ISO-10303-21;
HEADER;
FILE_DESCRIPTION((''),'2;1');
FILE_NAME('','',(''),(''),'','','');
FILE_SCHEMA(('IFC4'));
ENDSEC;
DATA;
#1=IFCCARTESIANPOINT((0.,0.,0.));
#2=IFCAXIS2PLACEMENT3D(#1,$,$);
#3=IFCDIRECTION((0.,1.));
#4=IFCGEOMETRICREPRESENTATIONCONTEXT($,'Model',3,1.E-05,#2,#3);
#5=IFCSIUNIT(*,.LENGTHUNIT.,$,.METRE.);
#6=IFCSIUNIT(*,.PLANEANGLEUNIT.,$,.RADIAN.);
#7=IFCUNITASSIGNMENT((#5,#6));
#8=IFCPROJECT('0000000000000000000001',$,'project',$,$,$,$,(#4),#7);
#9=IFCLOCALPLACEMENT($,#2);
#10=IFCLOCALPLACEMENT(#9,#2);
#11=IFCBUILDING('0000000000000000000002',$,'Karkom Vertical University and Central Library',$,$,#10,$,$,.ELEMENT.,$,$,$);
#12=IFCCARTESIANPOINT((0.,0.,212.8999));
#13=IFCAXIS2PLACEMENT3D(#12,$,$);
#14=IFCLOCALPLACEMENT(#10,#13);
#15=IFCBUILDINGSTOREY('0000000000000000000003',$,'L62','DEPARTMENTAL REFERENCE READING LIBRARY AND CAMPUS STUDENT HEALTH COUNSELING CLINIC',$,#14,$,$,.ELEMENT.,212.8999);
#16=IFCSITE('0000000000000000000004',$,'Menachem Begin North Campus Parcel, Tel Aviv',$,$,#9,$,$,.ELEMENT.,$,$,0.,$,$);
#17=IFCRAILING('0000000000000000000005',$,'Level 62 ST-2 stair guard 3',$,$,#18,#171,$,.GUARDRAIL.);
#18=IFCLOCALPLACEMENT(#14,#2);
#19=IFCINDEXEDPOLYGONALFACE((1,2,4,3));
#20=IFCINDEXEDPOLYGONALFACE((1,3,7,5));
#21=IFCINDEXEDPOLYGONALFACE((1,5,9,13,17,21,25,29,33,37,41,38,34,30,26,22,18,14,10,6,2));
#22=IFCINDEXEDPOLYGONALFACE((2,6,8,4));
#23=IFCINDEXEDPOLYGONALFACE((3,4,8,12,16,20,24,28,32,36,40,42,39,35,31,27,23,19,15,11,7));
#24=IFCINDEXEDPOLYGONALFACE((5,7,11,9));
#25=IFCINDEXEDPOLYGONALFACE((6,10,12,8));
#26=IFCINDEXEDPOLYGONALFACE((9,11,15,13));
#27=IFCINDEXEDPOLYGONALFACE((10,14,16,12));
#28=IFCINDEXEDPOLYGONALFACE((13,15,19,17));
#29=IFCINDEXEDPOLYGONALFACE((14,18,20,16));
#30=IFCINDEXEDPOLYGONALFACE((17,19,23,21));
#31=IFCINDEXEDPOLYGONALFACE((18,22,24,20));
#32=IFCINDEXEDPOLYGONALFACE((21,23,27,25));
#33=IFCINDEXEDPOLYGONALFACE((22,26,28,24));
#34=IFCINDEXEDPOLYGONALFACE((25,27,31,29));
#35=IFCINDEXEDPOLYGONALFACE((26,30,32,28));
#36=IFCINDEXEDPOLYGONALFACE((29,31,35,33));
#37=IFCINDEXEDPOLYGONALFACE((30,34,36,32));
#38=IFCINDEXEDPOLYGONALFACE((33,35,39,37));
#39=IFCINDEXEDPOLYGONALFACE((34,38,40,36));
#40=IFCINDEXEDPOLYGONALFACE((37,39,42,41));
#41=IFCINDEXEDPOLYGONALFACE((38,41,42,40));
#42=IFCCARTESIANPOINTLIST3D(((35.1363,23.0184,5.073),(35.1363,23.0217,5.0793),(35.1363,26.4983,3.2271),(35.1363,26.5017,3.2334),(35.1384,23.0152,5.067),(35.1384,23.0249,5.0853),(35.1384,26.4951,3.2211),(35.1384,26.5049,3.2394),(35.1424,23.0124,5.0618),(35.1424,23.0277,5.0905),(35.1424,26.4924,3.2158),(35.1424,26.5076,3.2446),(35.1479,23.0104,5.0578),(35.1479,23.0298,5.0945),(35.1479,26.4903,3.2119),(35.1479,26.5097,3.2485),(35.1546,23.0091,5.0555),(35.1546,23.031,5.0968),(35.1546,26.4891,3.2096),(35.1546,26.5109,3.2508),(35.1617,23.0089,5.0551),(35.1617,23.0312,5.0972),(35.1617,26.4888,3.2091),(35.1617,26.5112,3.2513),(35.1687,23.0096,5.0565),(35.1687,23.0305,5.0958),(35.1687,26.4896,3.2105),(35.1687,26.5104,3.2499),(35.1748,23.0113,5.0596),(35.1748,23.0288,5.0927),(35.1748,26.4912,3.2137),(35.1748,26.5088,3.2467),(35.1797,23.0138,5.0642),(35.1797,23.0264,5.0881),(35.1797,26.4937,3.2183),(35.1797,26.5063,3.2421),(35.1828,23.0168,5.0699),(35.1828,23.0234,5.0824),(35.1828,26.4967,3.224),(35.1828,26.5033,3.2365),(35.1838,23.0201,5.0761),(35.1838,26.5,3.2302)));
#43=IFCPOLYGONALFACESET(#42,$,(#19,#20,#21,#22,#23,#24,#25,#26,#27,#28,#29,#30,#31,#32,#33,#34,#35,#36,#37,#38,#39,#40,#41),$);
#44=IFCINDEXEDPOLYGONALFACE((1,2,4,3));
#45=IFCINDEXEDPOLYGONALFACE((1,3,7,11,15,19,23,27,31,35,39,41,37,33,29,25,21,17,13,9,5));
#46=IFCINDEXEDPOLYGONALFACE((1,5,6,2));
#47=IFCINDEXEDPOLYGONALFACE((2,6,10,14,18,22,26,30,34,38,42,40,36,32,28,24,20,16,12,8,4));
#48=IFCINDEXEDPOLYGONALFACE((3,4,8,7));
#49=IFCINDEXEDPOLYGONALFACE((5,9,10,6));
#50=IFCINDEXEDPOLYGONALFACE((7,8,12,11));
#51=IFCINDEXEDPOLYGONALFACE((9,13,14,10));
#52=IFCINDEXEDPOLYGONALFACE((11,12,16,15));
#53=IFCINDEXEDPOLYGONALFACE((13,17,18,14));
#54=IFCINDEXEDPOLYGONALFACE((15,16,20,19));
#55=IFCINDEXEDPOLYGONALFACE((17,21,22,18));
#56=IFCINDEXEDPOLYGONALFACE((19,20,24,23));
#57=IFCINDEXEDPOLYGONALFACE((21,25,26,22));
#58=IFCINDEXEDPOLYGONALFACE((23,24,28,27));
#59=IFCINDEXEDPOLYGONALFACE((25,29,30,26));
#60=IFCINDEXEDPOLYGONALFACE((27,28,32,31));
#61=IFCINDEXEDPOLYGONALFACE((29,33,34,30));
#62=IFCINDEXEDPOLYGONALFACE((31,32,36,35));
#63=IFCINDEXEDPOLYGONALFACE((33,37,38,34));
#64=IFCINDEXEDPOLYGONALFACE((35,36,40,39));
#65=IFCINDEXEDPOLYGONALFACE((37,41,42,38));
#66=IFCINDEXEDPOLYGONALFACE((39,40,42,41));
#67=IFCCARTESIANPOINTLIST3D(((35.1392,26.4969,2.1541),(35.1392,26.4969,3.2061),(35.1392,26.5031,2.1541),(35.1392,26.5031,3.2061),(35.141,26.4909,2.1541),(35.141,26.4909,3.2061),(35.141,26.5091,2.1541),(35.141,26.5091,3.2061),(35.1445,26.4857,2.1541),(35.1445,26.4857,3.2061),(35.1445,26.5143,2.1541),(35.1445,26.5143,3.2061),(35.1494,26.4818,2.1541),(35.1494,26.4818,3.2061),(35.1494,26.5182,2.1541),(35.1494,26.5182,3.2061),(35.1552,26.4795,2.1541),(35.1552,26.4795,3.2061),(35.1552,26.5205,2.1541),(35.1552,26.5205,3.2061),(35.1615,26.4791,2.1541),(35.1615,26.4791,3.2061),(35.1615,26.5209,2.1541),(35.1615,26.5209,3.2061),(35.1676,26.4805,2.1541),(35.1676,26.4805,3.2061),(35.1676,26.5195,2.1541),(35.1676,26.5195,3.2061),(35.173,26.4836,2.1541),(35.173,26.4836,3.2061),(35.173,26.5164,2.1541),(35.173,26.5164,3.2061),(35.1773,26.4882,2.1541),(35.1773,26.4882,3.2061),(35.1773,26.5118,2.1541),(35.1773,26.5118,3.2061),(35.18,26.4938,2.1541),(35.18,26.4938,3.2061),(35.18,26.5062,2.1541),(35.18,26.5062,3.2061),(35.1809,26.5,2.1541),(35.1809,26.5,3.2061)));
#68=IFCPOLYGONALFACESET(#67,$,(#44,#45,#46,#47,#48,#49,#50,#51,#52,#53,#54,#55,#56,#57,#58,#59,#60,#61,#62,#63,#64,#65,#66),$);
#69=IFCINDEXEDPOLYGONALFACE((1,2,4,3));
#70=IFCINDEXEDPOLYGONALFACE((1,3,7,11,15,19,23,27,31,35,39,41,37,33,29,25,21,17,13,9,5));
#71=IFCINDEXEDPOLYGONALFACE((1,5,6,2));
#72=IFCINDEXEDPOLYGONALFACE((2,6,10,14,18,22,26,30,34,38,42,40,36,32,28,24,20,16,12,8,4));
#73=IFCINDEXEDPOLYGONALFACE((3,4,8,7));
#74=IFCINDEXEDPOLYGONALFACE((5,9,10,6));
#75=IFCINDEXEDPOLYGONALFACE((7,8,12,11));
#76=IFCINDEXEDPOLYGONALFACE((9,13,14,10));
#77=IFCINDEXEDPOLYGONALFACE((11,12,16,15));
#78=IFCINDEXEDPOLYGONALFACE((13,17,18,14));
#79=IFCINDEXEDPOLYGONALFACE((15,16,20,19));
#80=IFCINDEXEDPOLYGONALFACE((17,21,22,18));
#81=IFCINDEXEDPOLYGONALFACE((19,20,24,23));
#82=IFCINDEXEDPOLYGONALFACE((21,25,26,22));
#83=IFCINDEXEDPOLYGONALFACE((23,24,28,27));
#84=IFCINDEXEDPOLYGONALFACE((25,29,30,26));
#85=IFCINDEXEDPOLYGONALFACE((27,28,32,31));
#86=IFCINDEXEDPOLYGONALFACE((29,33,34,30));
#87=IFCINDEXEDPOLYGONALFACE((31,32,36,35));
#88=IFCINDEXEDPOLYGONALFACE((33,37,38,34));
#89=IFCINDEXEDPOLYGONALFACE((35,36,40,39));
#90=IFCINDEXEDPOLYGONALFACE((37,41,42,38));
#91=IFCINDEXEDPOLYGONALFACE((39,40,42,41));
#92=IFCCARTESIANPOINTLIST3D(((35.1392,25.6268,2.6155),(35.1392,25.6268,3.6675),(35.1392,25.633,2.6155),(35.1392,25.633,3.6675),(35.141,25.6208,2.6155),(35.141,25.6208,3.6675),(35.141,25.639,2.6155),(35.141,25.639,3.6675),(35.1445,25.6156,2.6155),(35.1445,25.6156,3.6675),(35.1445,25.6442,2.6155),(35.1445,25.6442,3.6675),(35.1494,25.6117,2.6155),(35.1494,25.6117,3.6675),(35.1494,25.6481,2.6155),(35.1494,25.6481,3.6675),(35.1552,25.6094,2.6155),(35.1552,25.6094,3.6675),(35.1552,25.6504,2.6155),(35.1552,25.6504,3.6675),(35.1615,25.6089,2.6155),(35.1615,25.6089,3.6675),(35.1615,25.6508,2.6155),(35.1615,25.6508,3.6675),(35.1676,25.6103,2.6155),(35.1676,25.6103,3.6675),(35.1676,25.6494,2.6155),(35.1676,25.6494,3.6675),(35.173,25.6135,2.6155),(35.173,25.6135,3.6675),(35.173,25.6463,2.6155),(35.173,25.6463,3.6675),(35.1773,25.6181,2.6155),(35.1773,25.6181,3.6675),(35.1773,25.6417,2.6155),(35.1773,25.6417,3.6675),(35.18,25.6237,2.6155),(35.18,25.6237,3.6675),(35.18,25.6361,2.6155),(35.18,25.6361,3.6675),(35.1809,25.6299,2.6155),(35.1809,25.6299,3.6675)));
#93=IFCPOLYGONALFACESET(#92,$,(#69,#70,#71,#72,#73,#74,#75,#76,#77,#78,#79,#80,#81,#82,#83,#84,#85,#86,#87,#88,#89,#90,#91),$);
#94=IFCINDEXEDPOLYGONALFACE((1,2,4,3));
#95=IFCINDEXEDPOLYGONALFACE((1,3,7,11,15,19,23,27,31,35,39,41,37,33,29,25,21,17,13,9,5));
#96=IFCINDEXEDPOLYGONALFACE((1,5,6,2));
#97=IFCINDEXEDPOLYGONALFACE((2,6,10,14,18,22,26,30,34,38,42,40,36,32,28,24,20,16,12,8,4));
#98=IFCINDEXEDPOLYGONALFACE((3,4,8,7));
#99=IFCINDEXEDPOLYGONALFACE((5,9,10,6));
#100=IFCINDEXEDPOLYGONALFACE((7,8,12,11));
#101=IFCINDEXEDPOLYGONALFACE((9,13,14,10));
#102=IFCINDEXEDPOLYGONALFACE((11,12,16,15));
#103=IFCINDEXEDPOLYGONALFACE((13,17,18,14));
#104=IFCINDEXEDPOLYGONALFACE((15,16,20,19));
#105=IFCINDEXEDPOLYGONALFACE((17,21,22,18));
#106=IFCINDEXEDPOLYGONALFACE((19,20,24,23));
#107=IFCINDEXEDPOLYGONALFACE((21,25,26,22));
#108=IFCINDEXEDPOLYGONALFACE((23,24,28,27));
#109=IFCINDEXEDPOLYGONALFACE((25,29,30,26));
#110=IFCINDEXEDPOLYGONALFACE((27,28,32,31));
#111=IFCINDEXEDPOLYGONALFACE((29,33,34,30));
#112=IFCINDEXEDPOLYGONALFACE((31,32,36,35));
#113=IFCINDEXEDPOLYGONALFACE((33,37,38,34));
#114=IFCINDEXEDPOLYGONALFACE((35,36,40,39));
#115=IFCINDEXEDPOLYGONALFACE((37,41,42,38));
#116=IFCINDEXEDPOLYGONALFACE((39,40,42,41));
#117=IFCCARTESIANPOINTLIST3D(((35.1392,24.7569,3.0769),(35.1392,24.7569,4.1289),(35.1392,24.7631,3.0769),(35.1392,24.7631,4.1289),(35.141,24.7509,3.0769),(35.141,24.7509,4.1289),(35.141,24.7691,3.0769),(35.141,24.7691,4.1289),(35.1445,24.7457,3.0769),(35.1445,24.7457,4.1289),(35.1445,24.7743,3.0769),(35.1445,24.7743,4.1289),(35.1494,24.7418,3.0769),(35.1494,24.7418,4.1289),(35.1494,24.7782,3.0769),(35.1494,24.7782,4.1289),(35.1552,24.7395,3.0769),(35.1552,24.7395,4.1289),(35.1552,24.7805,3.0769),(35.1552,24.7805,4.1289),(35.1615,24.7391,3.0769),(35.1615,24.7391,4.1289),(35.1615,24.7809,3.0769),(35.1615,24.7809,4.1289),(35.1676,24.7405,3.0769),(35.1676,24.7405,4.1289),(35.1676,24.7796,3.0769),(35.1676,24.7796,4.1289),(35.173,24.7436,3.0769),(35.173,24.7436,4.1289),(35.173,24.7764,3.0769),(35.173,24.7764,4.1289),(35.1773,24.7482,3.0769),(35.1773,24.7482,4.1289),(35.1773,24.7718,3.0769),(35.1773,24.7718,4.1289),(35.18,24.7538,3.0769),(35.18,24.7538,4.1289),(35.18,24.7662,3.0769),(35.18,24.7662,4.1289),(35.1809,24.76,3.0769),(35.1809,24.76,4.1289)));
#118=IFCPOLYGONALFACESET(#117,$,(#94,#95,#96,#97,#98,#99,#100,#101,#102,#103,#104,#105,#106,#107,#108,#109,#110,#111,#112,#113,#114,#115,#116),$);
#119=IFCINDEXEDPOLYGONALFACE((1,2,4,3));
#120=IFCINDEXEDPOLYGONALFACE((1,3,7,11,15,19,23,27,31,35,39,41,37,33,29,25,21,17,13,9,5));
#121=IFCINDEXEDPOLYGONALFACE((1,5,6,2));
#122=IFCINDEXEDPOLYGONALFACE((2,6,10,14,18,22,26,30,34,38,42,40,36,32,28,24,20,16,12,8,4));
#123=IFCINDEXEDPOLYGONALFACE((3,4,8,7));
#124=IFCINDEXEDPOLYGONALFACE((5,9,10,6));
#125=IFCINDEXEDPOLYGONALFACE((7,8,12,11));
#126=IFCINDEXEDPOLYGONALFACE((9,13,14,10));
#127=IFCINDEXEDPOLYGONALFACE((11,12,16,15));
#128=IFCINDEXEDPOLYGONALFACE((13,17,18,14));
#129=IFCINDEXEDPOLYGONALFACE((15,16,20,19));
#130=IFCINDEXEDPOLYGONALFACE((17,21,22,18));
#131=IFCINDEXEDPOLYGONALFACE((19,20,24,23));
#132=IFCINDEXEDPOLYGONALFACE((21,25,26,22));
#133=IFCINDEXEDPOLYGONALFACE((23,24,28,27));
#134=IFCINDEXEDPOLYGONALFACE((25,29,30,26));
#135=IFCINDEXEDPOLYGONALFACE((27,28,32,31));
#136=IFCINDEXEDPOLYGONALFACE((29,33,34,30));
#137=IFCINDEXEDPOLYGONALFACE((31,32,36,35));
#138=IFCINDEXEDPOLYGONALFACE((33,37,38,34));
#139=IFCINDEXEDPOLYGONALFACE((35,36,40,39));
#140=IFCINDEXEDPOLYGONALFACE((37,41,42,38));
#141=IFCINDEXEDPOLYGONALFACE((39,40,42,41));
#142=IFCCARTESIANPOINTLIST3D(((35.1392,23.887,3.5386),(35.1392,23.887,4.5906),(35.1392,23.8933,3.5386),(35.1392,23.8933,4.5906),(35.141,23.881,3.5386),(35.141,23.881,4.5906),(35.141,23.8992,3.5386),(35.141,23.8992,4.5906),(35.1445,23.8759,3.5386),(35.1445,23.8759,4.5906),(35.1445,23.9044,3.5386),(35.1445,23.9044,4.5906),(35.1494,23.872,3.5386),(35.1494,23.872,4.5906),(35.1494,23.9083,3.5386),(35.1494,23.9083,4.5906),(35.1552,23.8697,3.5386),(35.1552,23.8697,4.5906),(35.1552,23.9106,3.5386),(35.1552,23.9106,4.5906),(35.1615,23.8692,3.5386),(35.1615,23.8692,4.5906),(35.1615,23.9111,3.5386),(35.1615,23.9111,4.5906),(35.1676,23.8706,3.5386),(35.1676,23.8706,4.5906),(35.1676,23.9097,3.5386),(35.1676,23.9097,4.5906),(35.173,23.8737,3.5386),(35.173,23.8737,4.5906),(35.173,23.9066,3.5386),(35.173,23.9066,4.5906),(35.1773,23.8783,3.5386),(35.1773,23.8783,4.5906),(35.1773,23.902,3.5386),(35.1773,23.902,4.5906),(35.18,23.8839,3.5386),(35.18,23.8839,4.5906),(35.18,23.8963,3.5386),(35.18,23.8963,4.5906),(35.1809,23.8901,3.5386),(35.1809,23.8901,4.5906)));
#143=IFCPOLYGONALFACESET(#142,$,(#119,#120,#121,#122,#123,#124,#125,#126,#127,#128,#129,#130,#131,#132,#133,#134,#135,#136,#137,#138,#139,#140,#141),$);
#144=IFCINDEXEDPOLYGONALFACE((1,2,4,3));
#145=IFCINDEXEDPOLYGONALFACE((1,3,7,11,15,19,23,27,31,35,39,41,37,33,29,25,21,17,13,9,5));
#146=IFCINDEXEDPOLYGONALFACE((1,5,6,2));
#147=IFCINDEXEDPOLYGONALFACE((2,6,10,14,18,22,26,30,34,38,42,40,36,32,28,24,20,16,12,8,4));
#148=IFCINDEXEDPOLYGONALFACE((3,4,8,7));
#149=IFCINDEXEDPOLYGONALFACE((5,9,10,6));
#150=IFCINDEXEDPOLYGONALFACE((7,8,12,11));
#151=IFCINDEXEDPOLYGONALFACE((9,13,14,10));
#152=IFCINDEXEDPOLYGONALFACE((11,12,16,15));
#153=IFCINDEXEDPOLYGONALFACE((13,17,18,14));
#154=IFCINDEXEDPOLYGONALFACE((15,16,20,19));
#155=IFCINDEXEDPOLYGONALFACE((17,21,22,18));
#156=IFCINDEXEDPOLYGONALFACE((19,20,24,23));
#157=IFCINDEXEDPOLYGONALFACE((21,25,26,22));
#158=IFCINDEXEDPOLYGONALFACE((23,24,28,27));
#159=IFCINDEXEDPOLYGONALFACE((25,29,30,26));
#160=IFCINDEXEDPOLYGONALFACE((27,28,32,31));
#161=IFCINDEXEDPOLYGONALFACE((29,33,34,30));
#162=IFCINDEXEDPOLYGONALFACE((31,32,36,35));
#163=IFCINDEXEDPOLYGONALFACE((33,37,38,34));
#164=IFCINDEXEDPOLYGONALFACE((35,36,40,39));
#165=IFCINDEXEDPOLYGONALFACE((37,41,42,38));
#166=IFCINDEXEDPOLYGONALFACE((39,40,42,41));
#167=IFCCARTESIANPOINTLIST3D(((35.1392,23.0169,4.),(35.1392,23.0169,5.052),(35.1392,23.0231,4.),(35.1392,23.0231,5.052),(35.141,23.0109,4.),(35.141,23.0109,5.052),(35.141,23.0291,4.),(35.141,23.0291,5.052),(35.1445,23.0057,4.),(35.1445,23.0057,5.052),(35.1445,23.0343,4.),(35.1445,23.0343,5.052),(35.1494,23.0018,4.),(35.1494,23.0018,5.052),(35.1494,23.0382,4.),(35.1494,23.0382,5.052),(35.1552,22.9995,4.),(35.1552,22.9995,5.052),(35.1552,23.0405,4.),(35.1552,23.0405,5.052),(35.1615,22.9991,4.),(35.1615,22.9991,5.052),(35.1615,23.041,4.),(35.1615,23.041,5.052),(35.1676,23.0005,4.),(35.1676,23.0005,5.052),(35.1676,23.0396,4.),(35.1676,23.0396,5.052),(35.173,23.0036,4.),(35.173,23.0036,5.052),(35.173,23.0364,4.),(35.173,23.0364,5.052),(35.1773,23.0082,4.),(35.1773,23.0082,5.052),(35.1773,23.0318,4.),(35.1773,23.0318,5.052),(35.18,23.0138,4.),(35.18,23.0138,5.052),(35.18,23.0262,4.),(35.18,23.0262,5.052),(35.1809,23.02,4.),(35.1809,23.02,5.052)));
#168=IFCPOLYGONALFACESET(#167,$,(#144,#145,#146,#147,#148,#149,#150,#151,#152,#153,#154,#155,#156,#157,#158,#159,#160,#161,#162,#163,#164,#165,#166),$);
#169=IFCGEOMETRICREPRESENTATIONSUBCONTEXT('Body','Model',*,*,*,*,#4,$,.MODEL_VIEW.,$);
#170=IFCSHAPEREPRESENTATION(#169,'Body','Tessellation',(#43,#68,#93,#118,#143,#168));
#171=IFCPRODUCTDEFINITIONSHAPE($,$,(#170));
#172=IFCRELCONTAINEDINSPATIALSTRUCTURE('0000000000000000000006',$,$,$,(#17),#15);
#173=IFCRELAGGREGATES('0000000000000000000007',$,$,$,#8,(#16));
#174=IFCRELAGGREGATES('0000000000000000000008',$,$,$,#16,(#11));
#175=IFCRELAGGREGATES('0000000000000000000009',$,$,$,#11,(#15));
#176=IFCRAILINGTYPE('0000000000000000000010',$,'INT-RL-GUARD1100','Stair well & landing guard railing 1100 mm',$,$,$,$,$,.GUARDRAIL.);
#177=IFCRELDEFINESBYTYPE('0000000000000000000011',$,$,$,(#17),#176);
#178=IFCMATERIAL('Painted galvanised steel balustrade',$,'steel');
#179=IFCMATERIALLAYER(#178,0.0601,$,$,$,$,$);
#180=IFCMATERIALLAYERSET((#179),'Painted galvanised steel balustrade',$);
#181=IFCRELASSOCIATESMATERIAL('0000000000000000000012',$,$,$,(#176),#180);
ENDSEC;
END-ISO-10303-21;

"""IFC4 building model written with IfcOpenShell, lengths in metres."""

from ifc_helpers import new_model, si_unit, direction, frame, origin, origin_2d, place, context, subcontext, project, spatial, circle, extrude, material, layer, layer_set, type_object, element, save


model = new_model("IFC4")

# Units and contexts
model_context = context("Model", 3, precision=1e-05, world=origin(), true_north=direction((0.0, 1.0)))
body_context = subcontext(model_context, "Body", "Model", "MODEL_VIEW")
ifc_project = project(units=[si_unit("LENGTHUNIT", "METRE"), si_unit("PLANEANGLEUNIT", "RADIAN")], contexts=[model_context])

# Site, building, storey
site_placement = place(None, origin())
site = spatial("IfcSite", under=ifc_project, at=site_placement, Name="Menachem Begin North Campus Parcel, Tel Aviv", CompositionType="ELEMENT", RefElevation=0.0)
building_placement = place(site_placement, origin())
building = spatial("IfcBuilding", under=site, at=building_placement, Name="Karkom Vertical University and Central Library", CompositionType="ELEMENT")
storey_placement = place(building_placement, frame((0.0, 0.0, 212.8999)))
storey = spatial("IfcBuildingStorey", under=building, at=storey_placement, Name="L62", Description="DEPARTMENTAL REFERENCE READING LIBRARY AND CAMPUS STUDENT HEALTH COUNSELING CLINIC", CompositionType="ELEMENT", Elevation=212.8999)

# Railing
ifc_material_1 = material(Name="Painted galvanised steel balustrade", Category="steel")
ifc_layer_1 = layer(ifc_material_1, 0.0601)
ifc_layer_set_1 = layer_set([ifc_layer_1], Name="Painted galvanised steel balustrade")
railing_type_1 = type_object("IfcRailingType", Name="INT-RL-GUARD1100", Description="Stair well & landing guard railing 1100 mm", PredefinedType="GUARDRAIL", material=ifc_layer_set_1)
railing_1_placement = place(storey_placement, frame((35.1599, 26.5, 2.1541)))
element("IfcRailing", 1, at=railing_1_placement, inside=storey, type_object=railing_type_1, Name="Level 62 ST-2 stair guard 3", PredefinedType="GUARDRAIL", context=body_context, shape_type="SweptSolid", body=[
    extrude(circle(Radius=0.0239, at=origin_2d()), frame((0.0, 0.0, 1.0762), z_axis=(0.0, -0.883409, 0.468602), x_axis=(1.0, 0.0, 0.0)), (0.0, 0.0, 1.0), 3.9392),
    extrude(circle(Radius=0.021, at=origin_2d()), origin(), (0.0, 0.0, 1.0), 1.052),
    extrude(circle(Radius=0.021, at=origin_2d()), frame((0.0, -0.8701, 0.4614)), (0.0, 0.0, 1.0), 1.052),
    extrude(circle(Radius=0.021, at=origin_2d()), frame((0.0, -1.74, 0.9229)), (0.0, 0.0, 1.0), 1.052),
    extrude(circle(Radius=0.021, at=origin_2d()), frame((0.0, -2.6099, 1.3845)), (0.0, 0.0, 1.0), 1.052),
    extrude(circle(Radius=0.021, at=origin_2d()), frame((0.0, -3.48, 1.8459)), (0.0, 0.0, 1.0), 1.052),
])

save(model, "model.ifc")
